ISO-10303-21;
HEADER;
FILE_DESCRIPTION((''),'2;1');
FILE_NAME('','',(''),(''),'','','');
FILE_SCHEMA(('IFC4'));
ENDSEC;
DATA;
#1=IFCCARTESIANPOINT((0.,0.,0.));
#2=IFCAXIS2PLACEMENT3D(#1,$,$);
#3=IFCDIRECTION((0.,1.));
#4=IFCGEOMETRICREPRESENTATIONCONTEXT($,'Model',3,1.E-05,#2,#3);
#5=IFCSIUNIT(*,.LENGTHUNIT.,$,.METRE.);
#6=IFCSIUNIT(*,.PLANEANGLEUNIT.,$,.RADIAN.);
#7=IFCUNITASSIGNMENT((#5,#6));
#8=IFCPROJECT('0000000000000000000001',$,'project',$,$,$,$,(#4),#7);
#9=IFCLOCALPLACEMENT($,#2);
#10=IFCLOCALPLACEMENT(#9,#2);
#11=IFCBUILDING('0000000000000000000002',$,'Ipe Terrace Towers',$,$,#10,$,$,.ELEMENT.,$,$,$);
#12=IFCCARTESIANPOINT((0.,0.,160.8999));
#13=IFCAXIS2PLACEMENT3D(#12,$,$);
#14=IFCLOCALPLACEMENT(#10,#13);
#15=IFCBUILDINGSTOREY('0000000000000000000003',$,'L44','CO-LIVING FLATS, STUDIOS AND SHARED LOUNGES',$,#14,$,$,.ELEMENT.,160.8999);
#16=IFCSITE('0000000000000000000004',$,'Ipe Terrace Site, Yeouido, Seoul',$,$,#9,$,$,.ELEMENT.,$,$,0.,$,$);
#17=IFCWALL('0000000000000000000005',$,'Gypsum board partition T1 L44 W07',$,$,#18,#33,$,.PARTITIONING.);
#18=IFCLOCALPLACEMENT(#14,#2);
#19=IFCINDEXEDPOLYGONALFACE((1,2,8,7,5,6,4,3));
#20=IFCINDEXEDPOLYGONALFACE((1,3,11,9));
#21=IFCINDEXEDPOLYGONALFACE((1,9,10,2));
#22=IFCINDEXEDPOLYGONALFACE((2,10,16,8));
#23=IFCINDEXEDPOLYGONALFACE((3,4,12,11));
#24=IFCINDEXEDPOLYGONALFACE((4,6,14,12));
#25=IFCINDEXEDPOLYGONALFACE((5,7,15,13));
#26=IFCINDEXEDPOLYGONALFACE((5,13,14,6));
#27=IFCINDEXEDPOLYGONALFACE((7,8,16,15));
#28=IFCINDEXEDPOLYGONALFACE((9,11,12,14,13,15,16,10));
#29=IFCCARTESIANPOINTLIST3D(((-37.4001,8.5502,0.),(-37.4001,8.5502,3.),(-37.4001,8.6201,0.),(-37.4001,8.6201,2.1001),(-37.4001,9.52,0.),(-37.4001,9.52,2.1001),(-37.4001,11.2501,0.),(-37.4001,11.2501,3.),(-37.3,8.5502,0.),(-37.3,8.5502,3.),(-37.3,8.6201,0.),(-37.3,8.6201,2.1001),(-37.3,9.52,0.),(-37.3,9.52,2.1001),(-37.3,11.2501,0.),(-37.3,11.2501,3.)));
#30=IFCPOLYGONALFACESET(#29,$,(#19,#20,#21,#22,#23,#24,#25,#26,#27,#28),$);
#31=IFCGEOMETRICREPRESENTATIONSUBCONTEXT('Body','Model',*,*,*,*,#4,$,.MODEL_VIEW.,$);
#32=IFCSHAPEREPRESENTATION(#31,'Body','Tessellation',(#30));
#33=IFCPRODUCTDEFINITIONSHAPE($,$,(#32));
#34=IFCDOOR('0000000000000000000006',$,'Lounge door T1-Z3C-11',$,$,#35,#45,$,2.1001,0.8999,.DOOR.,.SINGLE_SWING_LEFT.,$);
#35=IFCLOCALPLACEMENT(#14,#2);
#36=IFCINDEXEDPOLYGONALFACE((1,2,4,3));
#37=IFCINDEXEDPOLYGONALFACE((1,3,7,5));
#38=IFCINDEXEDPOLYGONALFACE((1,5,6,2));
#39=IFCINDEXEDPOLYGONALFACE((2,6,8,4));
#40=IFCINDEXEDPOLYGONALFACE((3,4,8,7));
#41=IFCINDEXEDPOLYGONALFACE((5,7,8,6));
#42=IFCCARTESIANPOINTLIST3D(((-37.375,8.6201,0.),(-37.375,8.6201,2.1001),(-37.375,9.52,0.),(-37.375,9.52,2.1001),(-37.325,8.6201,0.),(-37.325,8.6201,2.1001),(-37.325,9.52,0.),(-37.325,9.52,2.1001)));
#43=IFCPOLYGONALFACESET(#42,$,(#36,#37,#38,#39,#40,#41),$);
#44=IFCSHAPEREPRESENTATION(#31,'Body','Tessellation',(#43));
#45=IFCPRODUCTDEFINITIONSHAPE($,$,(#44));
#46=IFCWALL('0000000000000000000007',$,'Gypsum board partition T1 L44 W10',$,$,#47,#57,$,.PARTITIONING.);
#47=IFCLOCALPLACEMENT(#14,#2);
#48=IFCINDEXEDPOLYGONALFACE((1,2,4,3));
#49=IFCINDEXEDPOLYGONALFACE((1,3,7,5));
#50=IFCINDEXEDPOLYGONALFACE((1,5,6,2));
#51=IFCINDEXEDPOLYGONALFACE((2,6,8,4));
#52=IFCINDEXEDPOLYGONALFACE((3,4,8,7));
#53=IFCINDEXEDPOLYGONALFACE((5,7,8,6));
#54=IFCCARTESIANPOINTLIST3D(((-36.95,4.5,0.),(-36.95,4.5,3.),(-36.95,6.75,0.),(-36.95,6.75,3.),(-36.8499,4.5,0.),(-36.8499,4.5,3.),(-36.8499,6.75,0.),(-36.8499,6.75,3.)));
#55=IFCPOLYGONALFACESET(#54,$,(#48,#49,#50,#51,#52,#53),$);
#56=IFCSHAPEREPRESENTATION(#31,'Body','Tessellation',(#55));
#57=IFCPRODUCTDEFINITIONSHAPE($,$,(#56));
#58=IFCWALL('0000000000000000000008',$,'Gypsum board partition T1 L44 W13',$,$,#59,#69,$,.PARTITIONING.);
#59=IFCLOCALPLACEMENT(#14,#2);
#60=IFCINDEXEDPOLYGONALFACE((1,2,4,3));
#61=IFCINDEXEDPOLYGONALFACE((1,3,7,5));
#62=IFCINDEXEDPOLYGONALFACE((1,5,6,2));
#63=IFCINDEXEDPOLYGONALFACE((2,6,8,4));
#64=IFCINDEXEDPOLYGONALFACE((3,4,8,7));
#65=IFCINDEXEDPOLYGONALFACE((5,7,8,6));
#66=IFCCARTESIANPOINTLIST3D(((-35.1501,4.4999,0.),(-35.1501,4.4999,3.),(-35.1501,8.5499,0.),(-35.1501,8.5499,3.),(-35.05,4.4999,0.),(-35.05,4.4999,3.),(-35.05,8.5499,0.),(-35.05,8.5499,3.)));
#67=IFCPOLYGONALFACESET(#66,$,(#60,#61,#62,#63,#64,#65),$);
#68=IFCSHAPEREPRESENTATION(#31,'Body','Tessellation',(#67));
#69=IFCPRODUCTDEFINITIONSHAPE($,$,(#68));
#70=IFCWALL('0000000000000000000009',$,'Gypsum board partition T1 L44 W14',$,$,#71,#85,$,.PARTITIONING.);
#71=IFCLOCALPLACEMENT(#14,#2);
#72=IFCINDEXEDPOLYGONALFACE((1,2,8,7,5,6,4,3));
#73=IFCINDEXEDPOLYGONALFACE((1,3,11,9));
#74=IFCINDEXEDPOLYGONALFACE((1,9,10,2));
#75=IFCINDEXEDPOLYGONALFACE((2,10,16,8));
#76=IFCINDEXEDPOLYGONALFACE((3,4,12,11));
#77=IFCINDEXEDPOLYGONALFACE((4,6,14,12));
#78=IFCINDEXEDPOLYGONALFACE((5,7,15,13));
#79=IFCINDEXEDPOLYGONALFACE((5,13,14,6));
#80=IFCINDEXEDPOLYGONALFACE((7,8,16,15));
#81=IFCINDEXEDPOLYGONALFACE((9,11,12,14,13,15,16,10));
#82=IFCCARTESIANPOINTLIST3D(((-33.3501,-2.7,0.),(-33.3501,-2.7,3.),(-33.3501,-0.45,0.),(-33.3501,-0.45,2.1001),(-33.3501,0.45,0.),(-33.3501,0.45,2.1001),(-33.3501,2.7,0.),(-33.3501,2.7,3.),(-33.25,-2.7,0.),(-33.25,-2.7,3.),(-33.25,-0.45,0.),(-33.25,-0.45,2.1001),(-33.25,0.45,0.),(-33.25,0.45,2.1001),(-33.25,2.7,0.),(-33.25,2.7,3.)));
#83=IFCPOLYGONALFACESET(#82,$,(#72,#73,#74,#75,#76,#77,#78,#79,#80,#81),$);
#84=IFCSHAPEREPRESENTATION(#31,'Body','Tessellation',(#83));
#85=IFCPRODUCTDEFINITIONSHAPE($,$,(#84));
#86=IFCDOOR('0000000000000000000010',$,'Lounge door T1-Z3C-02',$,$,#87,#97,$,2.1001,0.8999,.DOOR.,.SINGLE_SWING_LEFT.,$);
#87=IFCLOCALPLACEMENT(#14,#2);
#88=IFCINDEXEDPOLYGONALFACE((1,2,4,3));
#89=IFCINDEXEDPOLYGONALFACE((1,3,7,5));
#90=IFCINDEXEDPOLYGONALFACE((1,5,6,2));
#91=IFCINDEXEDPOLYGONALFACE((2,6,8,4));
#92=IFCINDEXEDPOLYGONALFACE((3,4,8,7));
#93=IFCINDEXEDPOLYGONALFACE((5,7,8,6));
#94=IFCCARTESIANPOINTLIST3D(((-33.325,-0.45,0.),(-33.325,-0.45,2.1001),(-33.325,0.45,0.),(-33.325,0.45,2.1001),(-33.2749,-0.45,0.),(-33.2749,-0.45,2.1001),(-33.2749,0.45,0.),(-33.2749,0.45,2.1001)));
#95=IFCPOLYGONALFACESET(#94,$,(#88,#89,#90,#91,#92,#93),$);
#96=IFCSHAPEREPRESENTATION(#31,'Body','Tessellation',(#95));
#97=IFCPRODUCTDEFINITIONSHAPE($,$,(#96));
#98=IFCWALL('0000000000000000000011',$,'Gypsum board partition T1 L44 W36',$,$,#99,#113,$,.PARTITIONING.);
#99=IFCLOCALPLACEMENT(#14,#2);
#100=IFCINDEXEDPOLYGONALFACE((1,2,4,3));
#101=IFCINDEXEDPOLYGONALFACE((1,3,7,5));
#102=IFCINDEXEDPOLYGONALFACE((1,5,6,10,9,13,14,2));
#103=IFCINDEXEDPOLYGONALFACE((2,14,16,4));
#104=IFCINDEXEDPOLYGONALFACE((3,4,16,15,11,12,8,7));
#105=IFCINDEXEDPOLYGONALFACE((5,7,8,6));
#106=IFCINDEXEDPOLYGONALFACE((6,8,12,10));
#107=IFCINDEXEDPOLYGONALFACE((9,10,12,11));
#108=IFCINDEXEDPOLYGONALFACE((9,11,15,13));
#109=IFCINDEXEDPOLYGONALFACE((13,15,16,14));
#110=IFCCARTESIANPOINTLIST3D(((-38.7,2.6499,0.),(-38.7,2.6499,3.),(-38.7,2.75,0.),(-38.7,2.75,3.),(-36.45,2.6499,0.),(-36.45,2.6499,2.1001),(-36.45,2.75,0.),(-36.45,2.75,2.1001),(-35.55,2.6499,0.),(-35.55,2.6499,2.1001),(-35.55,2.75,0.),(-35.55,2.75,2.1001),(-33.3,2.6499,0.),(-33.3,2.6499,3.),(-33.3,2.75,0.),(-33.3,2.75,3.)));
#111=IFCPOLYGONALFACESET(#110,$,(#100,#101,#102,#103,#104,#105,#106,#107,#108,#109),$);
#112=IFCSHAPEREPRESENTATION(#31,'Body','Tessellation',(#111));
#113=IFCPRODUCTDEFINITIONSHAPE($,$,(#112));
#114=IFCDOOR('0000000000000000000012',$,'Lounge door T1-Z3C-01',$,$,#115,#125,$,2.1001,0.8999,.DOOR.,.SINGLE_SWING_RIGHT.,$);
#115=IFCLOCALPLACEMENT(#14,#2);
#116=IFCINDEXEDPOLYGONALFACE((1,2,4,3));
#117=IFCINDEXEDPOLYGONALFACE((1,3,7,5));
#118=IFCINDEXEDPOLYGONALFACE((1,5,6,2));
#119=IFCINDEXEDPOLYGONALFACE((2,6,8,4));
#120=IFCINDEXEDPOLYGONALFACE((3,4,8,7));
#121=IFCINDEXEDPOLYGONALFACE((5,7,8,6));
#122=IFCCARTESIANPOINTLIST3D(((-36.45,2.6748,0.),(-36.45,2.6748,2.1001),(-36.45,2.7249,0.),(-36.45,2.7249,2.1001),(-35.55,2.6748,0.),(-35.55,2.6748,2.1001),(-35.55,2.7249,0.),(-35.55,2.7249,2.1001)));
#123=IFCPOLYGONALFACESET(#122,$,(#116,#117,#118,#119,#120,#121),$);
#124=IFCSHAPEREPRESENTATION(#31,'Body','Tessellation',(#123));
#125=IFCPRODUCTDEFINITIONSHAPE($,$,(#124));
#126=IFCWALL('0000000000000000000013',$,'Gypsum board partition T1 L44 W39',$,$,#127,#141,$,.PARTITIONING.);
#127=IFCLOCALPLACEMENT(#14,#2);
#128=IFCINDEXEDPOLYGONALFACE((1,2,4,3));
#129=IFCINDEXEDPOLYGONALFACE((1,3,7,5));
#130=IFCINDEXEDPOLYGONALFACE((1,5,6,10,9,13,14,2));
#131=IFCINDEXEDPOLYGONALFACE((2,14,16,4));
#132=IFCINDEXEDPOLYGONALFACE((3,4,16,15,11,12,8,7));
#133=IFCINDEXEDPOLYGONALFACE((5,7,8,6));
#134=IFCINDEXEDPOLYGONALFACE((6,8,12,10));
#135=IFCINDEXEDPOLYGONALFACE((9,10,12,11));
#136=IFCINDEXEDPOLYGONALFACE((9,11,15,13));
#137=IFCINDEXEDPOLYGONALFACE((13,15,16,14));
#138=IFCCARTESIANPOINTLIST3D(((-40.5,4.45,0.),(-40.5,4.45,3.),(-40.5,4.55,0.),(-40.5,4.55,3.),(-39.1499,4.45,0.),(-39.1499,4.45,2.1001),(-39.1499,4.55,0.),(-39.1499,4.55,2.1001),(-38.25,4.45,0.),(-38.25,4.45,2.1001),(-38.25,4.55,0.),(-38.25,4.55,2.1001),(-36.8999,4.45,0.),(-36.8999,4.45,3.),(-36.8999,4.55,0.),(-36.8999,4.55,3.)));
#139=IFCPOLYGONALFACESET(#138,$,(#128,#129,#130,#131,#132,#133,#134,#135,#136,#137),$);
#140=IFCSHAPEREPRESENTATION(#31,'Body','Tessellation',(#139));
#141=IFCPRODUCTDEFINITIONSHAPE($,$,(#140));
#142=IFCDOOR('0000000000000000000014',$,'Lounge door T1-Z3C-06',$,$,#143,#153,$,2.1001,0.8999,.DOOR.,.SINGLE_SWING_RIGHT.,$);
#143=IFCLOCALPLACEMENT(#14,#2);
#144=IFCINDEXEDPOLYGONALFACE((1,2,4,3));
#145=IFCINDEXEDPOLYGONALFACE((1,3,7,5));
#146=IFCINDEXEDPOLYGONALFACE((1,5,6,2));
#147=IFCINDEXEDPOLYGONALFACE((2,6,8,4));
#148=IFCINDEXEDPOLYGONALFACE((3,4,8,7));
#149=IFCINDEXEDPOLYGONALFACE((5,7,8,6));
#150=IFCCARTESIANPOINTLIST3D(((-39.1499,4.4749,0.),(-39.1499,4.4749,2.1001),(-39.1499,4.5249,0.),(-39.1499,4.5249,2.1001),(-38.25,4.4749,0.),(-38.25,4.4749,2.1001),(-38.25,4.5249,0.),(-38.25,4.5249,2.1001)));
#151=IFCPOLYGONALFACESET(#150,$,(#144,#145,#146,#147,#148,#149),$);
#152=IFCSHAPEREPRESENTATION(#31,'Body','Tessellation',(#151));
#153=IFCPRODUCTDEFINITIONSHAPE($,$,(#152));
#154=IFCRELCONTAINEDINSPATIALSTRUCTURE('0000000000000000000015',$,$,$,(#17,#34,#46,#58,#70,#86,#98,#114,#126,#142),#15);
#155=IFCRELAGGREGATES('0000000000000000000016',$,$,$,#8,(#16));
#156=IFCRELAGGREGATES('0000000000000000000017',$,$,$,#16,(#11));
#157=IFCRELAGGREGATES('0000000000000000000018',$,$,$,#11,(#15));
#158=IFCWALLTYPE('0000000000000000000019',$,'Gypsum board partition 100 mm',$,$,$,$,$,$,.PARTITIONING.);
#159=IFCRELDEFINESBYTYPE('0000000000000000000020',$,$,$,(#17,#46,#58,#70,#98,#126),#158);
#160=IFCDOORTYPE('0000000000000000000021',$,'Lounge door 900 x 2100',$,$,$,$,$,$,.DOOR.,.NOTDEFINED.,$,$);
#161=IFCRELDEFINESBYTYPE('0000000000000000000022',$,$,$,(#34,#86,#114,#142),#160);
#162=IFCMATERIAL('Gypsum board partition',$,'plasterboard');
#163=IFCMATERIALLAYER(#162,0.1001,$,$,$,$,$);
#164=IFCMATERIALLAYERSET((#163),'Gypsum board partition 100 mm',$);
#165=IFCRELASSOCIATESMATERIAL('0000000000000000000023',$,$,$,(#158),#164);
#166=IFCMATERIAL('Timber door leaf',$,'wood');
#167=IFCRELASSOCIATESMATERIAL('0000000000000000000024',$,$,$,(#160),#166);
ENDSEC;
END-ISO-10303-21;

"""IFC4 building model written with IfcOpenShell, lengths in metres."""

from ifc_helpers import new_model, si_unit, direction, frame, frame_2d, origin, place, context, subcontext, project, spatial, rectangle, extrude, material, layer, layer_set, type_object, element, fill, save


model = new_model("IFC4")

# Units and contexts
model_context = context("Model", 3, precision=1e-05, world=origin(), true_north=direction((0.0, 1.0)))
body_context = subcontext(model_context, "Body", "Model", "MODEL_VIEW")
ifc_project = project(units=[si_unit("LENGTHUNIT", "METRE"), si_unit("PLANEANGLEUNIT", "RADIAN")], contexts=[model_context])

# Site, building, storey
site_placement = place(None, origin())
site = spatial("IfcSite", under=ifc_project, at=site_placement, Name="Ipe Terrace Site, Yeouido, Seoul", CompositionType="ELEMENT", RefElevation=0.0)
building_placement = place(site_placement, origin())
building = spatial("IfcBuilding", under=site, at=building_placement, Name="Ipe Terrace Towers", CompositionType="ELEMENT")
storey_placement = place(building_placement, frame((0.0, 0.0, 160.8999)))
storey = spatial("IfcBuildingStorey", under=building, at=storey_placement, Name="L44", Description="CO-LIVING FLATS, STUDIOS AND SHARED LOUNGES", CompositionType="ELEMENT", Elevation=160.8999)

# Shared definitions
ifc_material_1 = material(Name="Gypsum board partition", Category="plasterboard")
ifc_layer_1 = layer(ifc_material_1, 0.1001)
ifc_layer_set_1 = layer_set([ifc_layer_1], Name="Gypsum board partition 100 mm")
wall_type_1 = type_object("IfcWallType", Name="Gypsum board partition 100 mm", PredefinedType="PARTITIONING", material=ifc_layer_set_1)

# Wall, opening, door
ifc_material_2 = material(Name="Timber door leaf", Category="wood")
door_type = type_object("IfcDoorType", Name="Lounge door 900 x 2100", OperationType="NOTDEFINED", PredefinedType="DOOR", material=ifc_material_2)
wall_1_placement = place(storey_placement, frame((-37.3501, 8.55, 0.0), z_axis=(0.0, 0.0, 1.0), x_axis=(0.0, 1.0, 0.0)))
wall_1 = element("IfcWall", 1, at=wall_1_placement, inside=storey, type_object=wall_type_1, Name="Gypsum board partition T1 L44 W07", PredefinedType="PARTITIONING", context=body_context, shape_type="SweptSolid", body=[
    extrude(rectangle(XDim=2.7, YDim=0.1001, at=frame_2d((1.3501, 0.0))), origin(), (0.0, 0.0, 1.0), 3.0),
])
opening_1_placement = place(wall_1_placement, frame((0.0701, 0.0, 0.0)))
opening_1 = element("IfcOpeningElement", 2, at=opening_1_placement, cuts=wall_1, PredefinedType="OPENING", context=body_context, shape_type="SweptSolid", body=[
    extrude(rectangle(XDim=0.8999, YDim=2.1001, at=frame_2d((0.45, 1.05))), frame((0.0, 0.0601, 0.0), z_axis=(0.0, -1.0, 0.0), x_axis=(1.0, 0.0, 0.0)), (0.0, 0.0, 1.0), 0.1201),
])
door_1_placement = place(opening_1_placement, origin())
door_1 = element("IfcDoor", 3, at=door_1_placement, inside=storey, type_object=door_type, Name="Lounge door T1-Z3C-11", OperationType="SINGLE_SWING_LEFT", OverallHeight=2.1001, OverallWidth=0.8999, PredefinedType="DOOR", context=body_context, shape_type="SweptSolid", body=[
    extrude(rectangle(XDim=0.8999, YDim=2.1001, at=frame_2d((0.45, 1.05))), frame((0.0, 0.0249, 0.0), z_axis=(0.0, -1.0, 0.0), x_axis=(1.0, 0.0, 0.0)), (0.0, 0.0, 1.0), 0.05),
])
fill(opening_1, door_1)

# Walls
wall_2_placement = place(storey_placement, frame((-36.8999, 4.5, 0.0), z_axis=(0.0, 0.0, 1.0), x_axis=(0.0, 1.0, 0.0)))
element("IfcWall", 4, at=wall_2_placement, inside=storey, type_object=wall_type_1, Name="Gypsum board partition T1 L44 W10", PredefinedType="PARTITIONING", context=body_context, shape_type="SweptSolid", body=[
    extrude(rectangle(XDim=2.25, YDim=0.1001, at=frame_2d((1.125, 0.0))), origin(), (0.0, 0.0, 1.0), 3.0),
])
wall_3_placement = place(storey_placement, frame((-35.1001, 4.5, 0.0), z_axis=(0.0, 0.0, 1.0), x_axis=(0.0, 1.0, 0.0)))
element("IfcWall", 5, at=wall_3_placement, inside=storey, type_object=wall_type_1, Name="Gypsum board partition T1 L44 W13", PredefinedType="PARTITIONING", context=body_context, shape_type="SweptSolid", body=[
    extrude(rectangle(XDim=4.05, YDim=0.1001, at=frame_2d((2.0249, 0.0))), origin(), (0.0, 0.0, 1.0), 3.0),
])

# Walls, openings, doors
wall_4_placement = place(storey_placement, frame((-33.3, -2.7, 0.0), z_axis=(0.0, 0.0, 1.0), x_axis=(0.0, 1.0, 0.0)))
wall_4 = element("IfcWall", 6, at=wall_4_placement, inside=storey, type_object=wall_type_1, Name="Gypsum board partition T1 L44 W14", PredefinedType="PARTITIONING", context=body_context, shape_type="SweptSolid", body=[
    extrude(rectangle(XDim=5.3999, YDim=0.1001, at=frame_2d((2.7, 0.0))), origin(), (0.0, 0.0, 1.0), 3.0),
])
opening_2_placement = place(wall_4_placement, frame((2.25, 0.0, 0.0)))
opening_2 = element("IfcOpeningElement", 7, at=opening_2_placement, cuts=wall_4, PredefinedType="OPENING", context=body_context, shape_type="SweptSolid", body=[
    extrude(rectangle(XDim=0.8999, YDim=2.1001, at=frame_2d((0.45, 1.05))), frame((0.0, 0.0601, 0.0), z_axis=(0.0, -1.0, 0.0), x_axis=(1.0, 0.0, 0.0)), (0.0, 0.0, 1.0), 0.1201),
])
door_2_placement = place(opening_2_placement, origin())
door_2 = element("IfcDoor", 8, at=door_2_placement, inside=storey, type_object=door_type, Name="Lounge door T1-Z3C-02", OperationType="SINGLE_SWING_LEFT", OverallHeight=2.1001, OverallWidth=0.8999, PredefinedType="DOOR", context=body_context, shape_type="SweptSolid", body=[
    extrude(rectangle(XDim=0.8999, YDim=2.1001, at=frame_2d((0.45, 1.05))), frame((0.0, 0.0249, 0.0), z_axis=(0.0, -1.0, 0.0), x_axis=(1.0, 0.0, 0.0)), (0.0, 0.0, 1.0), 0.05),
])
fill(opening_2, door_2)
wall_5_placement = place(storey_placement, frame((-38.7, 2.7, 0.0), z_axis=(0.0, 0.0, 1.0), x_axis=(1.0, 0.0, 0.0)))
wall_5 = element("IfcWall", 9, at=wall_5_placement, inside=storey, type_object=wall_type_1, Name="Gypsum board partition T1 L44 W36", PredefinedType="PARTITIONING", context=body_context, shape_type="SweptSolid", body=[
    extrude(rectangle(XDim=5.3999, YDim=0.1001, at=frame_2d((2.7, 0.0))), origin(), (0.0, 0.0, 1.0), 3.0),
])
opening_3_placement = place(wall_5_placement, frame((2.25, 0.0, 0.0)))
opening_3 = element("IfcOpeningElement", 10, at=opening_3_placement, cuts=wall_5, PredefinedType="OPENING", context=body_context, shape_type="SweptSolid", body=[
    extrude(rectangle(XDim=0.8999, YDim=2.1001, at=frame_2d((0.45, 1.05))), frame((0.0, 0.0601, 0.0), z_axis=(0.0, -1.0, 0.0), x_axis=(1.0, 0.0, 0.0)), (0.0, 0.0, 1.0), 0.1201),
])
door_3_placement = place(opening_3_placement, origin())
door_3 = element("IfcDoor", 11, at=door_3_placement, inside=storey, type_object=door_type, Name="Lounge door T1-Z3C-01", OperationType="SINGLE_SWING_RIGHT", OverallHeight=2.1001, OverallWidth=0.8999, PredefinedType="DOOR", context=body_context, shape_type="SweptSolid", body=[
    extrude(rectangle(XDim=0.8999, YDim=2.1001, at=frame_2d((0.45, 1.05))), frame((0.0, 0.0249, 0.0), z_axis=(0.0, -1.0, 0.0), x_axis=(1.0, 0.0, 0.0)), (0.0, 0.0, 1.0), 0.05),
])
fill(opening_3, door_3)
wall_6_placement = place(storey_placement, frame((-40.5, 4.5, 0.0), z_axis=(0.0, 0.0, 1.0), x_axis=(1.0, 0.0, 0.0)))
wall_6 = element("IfcWall", 12, at=wall_6_placement, inside=storey, type_object=wall_type_1, Name="Gypsum board partition T1 L44 W39", PredefinedType="PARTITIONING", context=body_context, shape_type="SweptSolid", body=[
    extrude(rectangle(XDim=3.6001, YDim=0.1001, at=frame_2d((1.8, 0.0))), origin(), (0.0, 0.0, 1.0), 3.0),
])
opening_4_placement = place(wall_6_placement, frame((1.3501, 0.0, 0.0)))
opening_4 = element("IfcOpeningElement", 13, at=opening_4_placement, cuts=wall_6, PredefinedType="OPENING", context=body_context, shape_type="SweptSolid", body=[
    extrude(rectangle(XDim=0.8999, YDim=2.1001, at=frame_2d((0.45, 1.05))), frame((0.0, 0.0601, 0.0), z_axis=(0.0, -1.0, 0.0), x_axis=(1.0, 0.0, 0.0)), (0.0, 0.0, 1.0), 0.1201),
])
door_4_placement = place(opening_4_placement, origin())
door_4 = element("IfcDoor", 14, at=door_4_placement, inside=storey, type_object=door_type, Name="Lounge door T1-Z3C-06", OperationType="SINGLE_SWING_RIGHT", OverallHeight=2.1001, OverallWidth=0.8999, PredefinedType="DOOR", context=body_context, shape_type="SweptSolid", body=[
    extrude(rectangle(XDim=0.8999, YDim=2.1001, at=frame_2d((0.45, 1.05))), frame((0.0, 0.0249, 0.0), z_axis=(0.0, -1.0, 0.0), x_axis=(1.0, 0.0, 0.0)), (0.0, 0.0, 1.0), 0.05),
])
fill(opening_4, door_4)

save(model, "model.ifc")
